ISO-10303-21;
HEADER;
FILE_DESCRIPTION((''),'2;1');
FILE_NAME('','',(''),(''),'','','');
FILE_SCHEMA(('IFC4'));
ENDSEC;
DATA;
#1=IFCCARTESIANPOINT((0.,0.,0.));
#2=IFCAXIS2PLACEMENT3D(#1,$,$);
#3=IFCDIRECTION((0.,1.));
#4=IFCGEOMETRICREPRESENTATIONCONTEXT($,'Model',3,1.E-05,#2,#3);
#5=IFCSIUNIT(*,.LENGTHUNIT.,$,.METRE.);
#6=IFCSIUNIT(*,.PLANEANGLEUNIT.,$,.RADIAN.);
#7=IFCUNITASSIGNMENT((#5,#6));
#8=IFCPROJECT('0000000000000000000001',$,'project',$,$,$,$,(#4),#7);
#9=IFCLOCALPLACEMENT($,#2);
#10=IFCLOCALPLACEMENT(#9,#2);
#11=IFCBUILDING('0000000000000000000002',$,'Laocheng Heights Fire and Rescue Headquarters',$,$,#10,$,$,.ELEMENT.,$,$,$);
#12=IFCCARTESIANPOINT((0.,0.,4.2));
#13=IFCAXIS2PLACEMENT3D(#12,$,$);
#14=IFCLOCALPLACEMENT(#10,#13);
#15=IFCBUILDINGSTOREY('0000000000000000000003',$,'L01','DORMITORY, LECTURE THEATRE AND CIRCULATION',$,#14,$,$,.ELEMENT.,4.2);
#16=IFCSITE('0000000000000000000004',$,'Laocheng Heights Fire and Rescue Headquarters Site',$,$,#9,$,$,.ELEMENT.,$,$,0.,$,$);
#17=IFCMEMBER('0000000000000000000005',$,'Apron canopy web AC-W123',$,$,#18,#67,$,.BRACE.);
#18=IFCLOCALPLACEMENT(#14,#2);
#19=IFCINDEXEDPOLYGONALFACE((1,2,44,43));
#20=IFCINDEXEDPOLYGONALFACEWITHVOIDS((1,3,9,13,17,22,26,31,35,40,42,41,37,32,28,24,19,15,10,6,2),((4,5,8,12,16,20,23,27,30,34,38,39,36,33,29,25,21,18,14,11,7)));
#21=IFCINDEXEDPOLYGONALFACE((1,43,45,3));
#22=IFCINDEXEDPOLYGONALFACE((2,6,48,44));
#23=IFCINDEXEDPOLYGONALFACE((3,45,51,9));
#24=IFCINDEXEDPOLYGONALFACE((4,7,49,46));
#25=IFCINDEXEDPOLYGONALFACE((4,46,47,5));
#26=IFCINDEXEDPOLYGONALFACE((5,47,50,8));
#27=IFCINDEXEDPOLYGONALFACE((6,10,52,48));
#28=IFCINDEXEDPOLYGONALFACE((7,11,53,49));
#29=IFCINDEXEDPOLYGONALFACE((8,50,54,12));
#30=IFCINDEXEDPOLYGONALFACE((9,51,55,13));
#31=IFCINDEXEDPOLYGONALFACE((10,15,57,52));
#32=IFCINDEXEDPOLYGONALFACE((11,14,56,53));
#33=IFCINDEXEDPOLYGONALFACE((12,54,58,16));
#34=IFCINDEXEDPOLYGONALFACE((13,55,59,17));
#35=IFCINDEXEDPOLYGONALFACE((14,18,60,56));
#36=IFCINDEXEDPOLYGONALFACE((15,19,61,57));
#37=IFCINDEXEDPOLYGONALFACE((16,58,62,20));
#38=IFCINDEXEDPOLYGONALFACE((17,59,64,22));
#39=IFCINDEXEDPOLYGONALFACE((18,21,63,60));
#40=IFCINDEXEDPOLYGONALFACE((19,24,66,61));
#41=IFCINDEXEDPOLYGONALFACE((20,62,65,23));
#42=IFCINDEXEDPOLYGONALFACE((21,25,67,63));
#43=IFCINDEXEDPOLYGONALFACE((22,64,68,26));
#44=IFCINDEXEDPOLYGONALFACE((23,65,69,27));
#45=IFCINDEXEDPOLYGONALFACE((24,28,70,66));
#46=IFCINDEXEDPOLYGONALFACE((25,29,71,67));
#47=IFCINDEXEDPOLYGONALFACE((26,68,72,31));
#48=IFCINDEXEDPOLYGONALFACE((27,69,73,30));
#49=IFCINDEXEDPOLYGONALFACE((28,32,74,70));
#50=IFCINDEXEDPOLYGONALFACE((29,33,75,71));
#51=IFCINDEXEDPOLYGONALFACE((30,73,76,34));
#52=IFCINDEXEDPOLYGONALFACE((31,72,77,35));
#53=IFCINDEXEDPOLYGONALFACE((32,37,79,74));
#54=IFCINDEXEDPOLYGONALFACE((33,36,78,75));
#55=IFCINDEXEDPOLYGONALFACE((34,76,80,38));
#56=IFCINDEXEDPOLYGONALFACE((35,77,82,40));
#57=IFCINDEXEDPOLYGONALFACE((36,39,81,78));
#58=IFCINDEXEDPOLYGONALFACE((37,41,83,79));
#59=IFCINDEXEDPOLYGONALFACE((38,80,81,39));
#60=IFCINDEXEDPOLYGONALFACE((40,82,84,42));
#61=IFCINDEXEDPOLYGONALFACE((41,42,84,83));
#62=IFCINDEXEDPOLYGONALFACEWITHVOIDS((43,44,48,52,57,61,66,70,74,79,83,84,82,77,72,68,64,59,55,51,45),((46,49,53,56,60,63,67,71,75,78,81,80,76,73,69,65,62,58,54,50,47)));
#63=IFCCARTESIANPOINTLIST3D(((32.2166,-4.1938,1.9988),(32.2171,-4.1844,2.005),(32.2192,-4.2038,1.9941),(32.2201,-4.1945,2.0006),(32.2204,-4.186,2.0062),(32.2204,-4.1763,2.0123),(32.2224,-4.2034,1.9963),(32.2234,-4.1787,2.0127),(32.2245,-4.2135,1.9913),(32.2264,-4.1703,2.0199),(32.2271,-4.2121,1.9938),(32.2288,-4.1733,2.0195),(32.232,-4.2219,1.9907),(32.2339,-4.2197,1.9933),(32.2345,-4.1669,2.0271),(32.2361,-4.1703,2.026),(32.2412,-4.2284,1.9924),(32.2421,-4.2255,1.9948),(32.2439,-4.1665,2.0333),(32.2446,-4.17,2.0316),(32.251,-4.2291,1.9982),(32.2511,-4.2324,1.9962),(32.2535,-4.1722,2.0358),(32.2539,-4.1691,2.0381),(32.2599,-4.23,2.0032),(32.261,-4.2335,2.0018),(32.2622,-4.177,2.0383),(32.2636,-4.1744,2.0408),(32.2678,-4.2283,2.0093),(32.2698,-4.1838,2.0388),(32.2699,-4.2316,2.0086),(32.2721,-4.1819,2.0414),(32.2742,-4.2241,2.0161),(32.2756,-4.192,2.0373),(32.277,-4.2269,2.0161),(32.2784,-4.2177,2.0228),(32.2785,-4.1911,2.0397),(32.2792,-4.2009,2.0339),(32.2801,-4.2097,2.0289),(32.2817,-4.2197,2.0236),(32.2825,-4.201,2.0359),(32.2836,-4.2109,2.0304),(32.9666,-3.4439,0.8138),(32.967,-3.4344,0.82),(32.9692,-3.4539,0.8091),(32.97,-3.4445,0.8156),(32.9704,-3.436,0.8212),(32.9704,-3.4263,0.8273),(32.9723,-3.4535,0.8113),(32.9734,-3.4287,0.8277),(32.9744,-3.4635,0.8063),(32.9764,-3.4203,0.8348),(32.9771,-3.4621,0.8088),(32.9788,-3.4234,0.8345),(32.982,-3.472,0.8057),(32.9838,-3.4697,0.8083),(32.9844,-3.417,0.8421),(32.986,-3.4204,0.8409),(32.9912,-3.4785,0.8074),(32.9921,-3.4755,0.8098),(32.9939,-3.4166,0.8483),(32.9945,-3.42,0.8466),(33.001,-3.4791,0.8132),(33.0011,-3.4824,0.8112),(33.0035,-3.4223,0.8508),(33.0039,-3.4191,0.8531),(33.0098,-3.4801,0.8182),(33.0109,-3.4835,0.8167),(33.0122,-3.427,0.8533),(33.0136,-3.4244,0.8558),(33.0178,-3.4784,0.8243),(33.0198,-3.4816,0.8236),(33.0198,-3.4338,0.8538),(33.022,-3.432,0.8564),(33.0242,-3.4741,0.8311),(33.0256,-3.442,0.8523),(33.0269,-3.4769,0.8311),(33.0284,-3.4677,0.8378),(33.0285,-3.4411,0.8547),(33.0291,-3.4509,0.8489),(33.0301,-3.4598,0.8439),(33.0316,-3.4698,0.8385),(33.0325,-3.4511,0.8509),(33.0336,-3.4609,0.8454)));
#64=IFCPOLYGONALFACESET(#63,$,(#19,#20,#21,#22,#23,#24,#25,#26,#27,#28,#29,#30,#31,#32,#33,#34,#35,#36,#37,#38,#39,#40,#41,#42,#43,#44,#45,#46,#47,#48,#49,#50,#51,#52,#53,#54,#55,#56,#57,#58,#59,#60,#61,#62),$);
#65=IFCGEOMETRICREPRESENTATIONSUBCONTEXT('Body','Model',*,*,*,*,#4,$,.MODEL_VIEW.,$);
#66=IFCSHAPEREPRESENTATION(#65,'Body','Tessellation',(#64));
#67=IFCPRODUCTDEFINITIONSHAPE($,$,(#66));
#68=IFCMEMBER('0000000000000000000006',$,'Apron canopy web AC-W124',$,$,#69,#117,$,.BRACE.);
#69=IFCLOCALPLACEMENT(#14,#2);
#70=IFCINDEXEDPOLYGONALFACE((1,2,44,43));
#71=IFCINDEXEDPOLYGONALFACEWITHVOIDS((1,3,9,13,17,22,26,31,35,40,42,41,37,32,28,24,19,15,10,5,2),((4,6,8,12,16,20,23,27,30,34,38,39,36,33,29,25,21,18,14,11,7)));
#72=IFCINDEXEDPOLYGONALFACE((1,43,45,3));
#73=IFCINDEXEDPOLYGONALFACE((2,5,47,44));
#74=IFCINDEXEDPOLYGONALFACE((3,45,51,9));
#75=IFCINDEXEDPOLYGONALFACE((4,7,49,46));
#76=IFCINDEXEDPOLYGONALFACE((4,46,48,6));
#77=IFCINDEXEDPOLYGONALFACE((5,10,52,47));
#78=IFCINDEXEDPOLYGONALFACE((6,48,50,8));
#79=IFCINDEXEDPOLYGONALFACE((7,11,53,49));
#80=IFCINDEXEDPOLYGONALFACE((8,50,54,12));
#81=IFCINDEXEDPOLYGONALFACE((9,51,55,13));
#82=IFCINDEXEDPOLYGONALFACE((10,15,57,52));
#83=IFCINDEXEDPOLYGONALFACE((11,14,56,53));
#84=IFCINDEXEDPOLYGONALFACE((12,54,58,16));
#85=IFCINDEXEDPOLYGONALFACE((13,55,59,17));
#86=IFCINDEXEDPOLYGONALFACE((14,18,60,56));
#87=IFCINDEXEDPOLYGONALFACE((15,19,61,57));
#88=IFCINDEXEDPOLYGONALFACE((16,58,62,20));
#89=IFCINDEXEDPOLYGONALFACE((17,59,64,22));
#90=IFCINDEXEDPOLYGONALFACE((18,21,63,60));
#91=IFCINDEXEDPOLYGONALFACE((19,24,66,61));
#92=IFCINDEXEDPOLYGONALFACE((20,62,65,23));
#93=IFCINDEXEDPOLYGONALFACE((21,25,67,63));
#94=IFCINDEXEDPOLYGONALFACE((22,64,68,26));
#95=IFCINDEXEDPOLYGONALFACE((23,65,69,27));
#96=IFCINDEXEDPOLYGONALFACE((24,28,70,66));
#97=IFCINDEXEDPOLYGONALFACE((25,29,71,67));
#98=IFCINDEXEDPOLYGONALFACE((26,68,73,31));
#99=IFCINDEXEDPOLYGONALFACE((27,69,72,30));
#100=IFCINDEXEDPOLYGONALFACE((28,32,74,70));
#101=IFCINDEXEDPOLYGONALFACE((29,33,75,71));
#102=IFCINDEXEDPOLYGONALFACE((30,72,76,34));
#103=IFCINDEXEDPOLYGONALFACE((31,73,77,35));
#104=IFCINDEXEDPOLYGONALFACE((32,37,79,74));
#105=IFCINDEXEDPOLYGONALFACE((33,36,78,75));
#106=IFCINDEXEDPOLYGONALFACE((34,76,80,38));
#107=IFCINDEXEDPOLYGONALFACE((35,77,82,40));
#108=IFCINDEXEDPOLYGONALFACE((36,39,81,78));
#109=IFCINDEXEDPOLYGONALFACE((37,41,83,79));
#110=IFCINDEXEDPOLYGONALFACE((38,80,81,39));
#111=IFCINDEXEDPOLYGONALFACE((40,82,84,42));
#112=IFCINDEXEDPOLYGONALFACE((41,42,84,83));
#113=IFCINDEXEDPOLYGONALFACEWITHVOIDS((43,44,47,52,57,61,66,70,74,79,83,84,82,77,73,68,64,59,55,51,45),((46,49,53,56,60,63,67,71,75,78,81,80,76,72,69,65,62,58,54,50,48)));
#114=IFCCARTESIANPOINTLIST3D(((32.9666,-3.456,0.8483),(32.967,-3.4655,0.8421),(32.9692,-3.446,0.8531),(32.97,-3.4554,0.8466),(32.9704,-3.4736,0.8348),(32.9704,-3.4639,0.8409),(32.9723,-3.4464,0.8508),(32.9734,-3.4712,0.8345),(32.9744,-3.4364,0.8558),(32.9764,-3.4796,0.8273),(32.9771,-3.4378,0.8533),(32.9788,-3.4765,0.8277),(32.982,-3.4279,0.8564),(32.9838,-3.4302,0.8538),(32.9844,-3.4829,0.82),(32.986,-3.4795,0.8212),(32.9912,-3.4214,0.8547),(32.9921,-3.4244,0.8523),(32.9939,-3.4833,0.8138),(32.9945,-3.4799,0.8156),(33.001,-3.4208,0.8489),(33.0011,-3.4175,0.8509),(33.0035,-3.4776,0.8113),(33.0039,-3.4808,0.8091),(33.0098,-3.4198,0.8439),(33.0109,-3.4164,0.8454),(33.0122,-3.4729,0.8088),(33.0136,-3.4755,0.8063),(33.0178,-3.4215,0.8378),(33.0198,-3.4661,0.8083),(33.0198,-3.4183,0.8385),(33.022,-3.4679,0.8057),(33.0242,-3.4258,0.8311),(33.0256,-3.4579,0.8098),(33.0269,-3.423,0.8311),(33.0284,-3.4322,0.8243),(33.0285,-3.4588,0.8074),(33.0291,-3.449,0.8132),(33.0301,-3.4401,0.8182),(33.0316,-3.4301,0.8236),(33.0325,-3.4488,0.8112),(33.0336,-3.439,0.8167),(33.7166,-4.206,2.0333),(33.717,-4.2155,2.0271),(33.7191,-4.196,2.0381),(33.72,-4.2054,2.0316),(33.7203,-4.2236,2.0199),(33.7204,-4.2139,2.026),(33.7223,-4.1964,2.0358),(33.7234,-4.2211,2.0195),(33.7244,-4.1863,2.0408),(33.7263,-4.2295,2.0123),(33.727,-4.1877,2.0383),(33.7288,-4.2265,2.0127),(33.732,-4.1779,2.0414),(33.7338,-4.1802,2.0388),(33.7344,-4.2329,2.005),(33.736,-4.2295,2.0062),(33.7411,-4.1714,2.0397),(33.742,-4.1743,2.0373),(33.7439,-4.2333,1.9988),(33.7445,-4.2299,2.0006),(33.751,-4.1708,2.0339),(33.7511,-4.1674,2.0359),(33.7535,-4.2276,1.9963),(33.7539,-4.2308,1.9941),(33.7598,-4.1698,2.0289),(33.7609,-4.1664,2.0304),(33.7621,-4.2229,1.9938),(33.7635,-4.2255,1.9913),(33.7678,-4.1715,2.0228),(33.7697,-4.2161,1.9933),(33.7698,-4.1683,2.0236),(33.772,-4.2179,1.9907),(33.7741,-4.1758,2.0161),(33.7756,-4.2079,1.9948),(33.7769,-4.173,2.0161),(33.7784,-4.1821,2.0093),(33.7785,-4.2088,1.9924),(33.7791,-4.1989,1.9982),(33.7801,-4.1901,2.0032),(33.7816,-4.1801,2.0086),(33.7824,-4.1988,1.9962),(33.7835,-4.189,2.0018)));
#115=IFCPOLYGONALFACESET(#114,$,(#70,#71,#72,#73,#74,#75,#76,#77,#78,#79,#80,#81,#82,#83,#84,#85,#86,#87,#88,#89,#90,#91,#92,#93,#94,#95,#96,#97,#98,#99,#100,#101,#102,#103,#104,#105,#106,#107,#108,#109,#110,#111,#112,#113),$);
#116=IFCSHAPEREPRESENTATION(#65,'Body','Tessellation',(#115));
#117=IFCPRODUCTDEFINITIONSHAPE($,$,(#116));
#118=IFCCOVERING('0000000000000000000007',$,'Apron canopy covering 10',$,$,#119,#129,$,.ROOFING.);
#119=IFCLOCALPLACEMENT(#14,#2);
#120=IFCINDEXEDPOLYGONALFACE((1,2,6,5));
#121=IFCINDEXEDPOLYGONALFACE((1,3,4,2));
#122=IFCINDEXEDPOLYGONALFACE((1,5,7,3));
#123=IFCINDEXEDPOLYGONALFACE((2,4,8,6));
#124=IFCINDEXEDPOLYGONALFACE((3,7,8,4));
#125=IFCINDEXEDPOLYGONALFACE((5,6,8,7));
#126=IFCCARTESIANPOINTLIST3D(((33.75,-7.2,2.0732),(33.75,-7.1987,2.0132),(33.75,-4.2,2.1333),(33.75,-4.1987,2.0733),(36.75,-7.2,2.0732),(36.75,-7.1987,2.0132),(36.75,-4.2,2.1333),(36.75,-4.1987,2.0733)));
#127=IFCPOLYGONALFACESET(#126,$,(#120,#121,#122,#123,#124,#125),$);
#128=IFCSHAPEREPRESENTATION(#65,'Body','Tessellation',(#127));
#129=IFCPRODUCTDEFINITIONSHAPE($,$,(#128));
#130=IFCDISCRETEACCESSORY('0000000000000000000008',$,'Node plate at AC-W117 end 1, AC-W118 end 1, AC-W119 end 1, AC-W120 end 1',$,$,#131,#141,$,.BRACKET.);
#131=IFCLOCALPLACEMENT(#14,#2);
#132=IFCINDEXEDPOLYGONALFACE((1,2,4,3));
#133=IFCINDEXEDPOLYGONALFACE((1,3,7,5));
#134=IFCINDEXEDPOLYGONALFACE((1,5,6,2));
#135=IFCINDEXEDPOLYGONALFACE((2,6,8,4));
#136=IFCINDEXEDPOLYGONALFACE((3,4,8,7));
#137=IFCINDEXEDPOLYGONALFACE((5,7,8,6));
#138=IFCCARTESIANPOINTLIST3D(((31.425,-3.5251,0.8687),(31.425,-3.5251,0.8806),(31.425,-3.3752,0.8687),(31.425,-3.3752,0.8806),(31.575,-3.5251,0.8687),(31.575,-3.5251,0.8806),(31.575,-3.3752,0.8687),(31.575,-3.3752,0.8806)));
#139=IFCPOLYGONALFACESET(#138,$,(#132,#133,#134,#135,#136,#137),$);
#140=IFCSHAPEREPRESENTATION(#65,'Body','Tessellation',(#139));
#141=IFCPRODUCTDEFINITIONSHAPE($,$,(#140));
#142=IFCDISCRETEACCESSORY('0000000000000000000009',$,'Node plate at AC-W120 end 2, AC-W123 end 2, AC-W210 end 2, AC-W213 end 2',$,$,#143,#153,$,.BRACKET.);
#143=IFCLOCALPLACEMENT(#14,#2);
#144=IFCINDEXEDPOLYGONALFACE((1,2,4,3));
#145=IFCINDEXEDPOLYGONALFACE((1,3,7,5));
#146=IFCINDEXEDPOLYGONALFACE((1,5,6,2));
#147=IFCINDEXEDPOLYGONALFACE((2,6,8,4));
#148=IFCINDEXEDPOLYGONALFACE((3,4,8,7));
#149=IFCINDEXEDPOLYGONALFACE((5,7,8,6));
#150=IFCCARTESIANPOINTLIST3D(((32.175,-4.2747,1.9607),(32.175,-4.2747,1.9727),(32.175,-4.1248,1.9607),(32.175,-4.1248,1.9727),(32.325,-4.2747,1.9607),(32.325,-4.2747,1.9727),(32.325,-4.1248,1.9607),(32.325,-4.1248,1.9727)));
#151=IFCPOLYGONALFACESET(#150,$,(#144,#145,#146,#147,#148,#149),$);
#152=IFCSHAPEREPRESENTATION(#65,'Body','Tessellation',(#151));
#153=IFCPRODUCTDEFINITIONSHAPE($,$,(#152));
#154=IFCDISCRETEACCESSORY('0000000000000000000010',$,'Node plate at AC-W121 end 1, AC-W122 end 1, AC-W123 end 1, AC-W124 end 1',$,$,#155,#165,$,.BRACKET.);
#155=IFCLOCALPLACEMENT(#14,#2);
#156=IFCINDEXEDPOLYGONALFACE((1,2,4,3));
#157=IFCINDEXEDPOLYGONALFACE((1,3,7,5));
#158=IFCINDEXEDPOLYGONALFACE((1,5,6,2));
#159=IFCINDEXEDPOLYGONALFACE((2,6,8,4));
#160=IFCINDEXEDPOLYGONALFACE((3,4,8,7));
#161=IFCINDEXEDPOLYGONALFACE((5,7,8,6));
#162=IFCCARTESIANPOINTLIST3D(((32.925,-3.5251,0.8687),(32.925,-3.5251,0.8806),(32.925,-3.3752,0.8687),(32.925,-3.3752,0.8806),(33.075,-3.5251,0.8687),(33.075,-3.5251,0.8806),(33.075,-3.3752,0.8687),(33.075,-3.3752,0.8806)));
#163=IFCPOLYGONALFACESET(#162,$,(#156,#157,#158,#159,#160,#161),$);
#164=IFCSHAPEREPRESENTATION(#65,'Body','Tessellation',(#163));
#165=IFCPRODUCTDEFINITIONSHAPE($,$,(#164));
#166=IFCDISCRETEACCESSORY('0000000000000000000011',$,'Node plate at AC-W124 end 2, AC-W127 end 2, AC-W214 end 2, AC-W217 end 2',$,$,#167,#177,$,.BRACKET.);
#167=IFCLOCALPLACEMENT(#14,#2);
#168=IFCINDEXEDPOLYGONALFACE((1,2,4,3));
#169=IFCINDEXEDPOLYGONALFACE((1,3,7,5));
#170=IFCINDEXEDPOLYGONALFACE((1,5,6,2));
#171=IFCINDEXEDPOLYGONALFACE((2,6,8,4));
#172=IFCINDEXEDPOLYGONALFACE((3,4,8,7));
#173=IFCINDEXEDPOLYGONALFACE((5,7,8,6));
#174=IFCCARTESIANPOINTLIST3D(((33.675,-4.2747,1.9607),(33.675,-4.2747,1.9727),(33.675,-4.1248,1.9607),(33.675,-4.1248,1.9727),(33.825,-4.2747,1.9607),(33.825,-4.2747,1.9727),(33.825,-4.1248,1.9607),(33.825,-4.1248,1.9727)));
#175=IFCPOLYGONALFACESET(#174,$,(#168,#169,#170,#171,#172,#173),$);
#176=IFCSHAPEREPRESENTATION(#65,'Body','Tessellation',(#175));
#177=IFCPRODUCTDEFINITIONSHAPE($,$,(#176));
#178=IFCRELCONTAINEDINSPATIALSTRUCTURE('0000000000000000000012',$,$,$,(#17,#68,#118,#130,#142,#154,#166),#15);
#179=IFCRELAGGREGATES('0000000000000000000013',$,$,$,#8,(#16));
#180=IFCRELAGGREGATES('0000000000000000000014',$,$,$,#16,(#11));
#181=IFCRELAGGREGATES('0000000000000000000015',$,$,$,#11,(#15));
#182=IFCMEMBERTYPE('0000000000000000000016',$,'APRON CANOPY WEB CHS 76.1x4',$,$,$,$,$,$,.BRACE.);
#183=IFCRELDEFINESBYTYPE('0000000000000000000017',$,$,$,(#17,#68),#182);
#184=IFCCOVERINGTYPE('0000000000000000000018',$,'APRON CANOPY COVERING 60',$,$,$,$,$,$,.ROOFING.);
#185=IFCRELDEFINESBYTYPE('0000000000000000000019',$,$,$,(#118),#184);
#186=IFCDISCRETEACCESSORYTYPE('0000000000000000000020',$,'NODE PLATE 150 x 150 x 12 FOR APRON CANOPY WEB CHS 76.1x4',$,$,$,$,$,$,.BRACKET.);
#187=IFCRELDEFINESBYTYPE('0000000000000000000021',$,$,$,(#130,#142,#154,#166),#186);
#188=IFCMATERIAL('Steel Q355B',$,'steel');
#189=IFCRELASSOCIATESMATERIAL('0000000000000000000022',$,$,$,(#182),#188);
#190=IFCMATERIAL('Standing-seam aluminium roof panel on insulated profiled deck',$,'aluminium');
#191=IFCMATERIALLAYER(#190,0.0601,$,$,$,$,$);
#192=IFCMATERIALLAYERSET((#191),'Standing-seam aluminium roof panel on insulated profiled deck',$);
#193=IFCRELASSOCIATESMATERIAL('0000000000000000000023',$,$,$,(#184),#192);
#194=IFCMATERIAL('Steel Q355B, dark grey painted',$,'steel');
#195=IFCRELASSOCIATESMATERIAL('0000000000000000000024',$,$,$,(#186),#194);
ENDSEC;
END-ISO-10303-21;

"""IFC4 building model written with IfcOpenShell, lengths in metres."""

from ifc_helpers import new_model, si_unit, direction, frame, origin, origin_2d, place, context, subcontext, project, spatial, polyline, rectangle, hollow_circle, outline, extrude, material, layer, layer_set, material_profile, profile_set, type_object, element, save


model = new_model("IFC4")

# Units and contexts
model_context = context("Model", 3, precision=1e-05, world=origin(), true_north=direction((0.0, 1.0)))
body_context = subcontext(model_context, "Body", "Model", "MODEL_VIEW")
ifc_project = project(units=[si_unit("LENGTHUNIT", "METRE"), si_unit("PLANEANGLEUNIT", "RADIAN")], contexts=[model_context])

# Site, building, storey
site_placement = place(None, origin())
site = spatial("IfcSite", under=ifc_project, at=site_placement, Name="Laocheng Heights Fire and Rescue Headquarters Site", CompositionType="ELEMENT", RefElevation=0.0)
building_placement = place(site_placement, origin())
building = spatial("IfcBuilding", under=site, at=building_placement, Name="Laocheng Heights Fire and Rescue Headquarters", CompositionType="ELEMENT")
storey_placement = place(building_placement, frame((0.0, 0.0, 4.2)))
storey = spatial("IfcBuildingStorey", under=building, at=storey_placement, Name="L01", Description="DORMITORY, LECTURE THEATRE AND CIRCULATION", CompositionType="ELEMENT", Elevation=4.2)

# Members
ifc_material_1 = material(Name="Steel Q355B", Category="steel")
ifc_material_profile_1 = material_profile(ifc_material_1, hollow_circle(Radius=0.0381, WallThickness=0.0039, at=origin_2d()), Name="CHS 76.1x4")
ifc_profile_set_1 = profile_set([ifc_material_profile_1], Name="Steel Q355B")
member_type_1 = type_object("IfcMemberType", Name="APRON CANOPY WEB CHS 76.1x4", PredefinedType="BRACE", material=ifc_profile_set_1)
for number, where, z_axis, x_axis, name in (
    (1, (33.0, -3.45, 0.8311), (-0.47158, -0.47158, 0.745134), (0.707107, -0.707107, 0.0), "Apron canopy web AC-W123"),
    (2, (33.0, -3.45, 0.8311), (0.47158, -0.47158, 0.745134), (0.707107, 0.707107, 0.0), "Apron canopy web AC-W124"),
):
    element("IfcMember", number, at=place(storey_placement, frame(where, z_axis=z_axis, x_axis=x_axis)), inside=storey, type_object=member_type_1, Name=name, PredefinedType="BRACE", context=body_context, shape_type="SweptSolid", body=[
        extrude(hollow_circle(Radius=0.0381, WallThickness=0.0039, at=origin_2d()), origin(), (0.0, 0.0, 1.0), 1.5903),
    ])

# Covering
ifc_material_2 = material(Name="Standing-seam aluminium roof panel on insulated profiled deck", Category="aluminium")
ifc_layer = layer(ifc_material_2, 0.0601)
ifc_layer_set = layer_set([ifc_layer], Name="Standing-seam aluminium roof panel on insulated profiled deck")
covering_type = type_object("IfcCoveringType", Name="APRON CANOPY COVERING 60", PredefinedType="ROOFING", material=ifc_layer_set)
covering_placement = place(storey_placement, frame((33.75, -4.2, 2.1333), z_axis=(0.0, -0.020016, 0.9998), x_axis=(1.0, 0.0, 0.0)))
element("IfcCovering", 3, at=covering_placement, inside=storey, type_object=covering_type, Name="Apron canopy covering 10", PredefinedType="ROOFING", context=body_context, shape_type="SweptSolid", body=[
    extrude(outline(polyline([(0.0, 0.0), (3.0, 0.0), (3.0, -3.0006), (0.0, -3.0006), (0.0, 0.0)])), origin(), (0.0, 0.0, -1.0), 0.0601),
])

# Discrete accessories
ifc_material_3 = material(Name="Steel Q355B, dark grey painted", Category="steel")
ifc_material_profile_2 = material_profile(ifc_material_3, rectangle(XDim=0.1499, YDim=0.1499, at=origin_2d()), Name="NODE PLATE 150 x 150 x 12 FOR APRON CANOPY WEB CHS 76.1x4")
ifc_profile_set_2 = profile_set([ifc_material_profile_2], Name="Steel Q355B, dark grey painted")
discrete_accessory_type = type_object("IfcDiscreteAccessoryType", Name="NODE PLATE 150 x 150 x 12 FOR APRON CANOPY WEB CHS 76.1x4", PredefinedType="BRACKET", material=ifc_profile_set_2)
for number, where, z_axis, x_axis, name in (
    (4, (31.5, -3.4502, 0.8687), (0.0, 0.0, 1.0), (1.0, 0.0, 0.0), "Node plate at AC-W117 end 1, AC-W118 end 1, AC-W119 end 1, AC-W120 end 1"),
    (5, (32.25, -4.1997, 1.9727), (0.0, 0.0, -1.0), (1.0, 0.0, 0.0), "Node plate at AC-W120 end 2, AC-W123 end 2, AC-W210 end 2, AC-W213 end 2"),
    (6, (33.0, -3.4502, 0.8687), (0.0, 0.0, 1.0), (1.0, 0.0, 0.0), "Node plate at AC-W121 end 1, AC-W122 end 1, AC-W123 end 1, AC-W124 end 1"),
    (7, (33.75, -4.1997, 1.9727), (0.0, 0.0, -1.0), (1.0, 0.0, 0.0), "Node plate at AC-W124 end 2, AC-W127 end 2, AC-W214 end 2, AC-W217 end 2"),
):
    element("IfcDiscreteAccessory", number, at=place(storey_placement, frame(where, z_axis=z_axis, x_axis=x_axis)), inside=storey, type_object=discrete_accessory_type, Name=name, PredefinedType="BRACKET", context=body_context, shape_type="SweptSolid", body=[
        extrude(rectangle(XDim=0.1499, YDim=0.1499, at=origin_2d()), origin(), (0.0, 0.0, 1.0), 0.012),
    ])

save(model, "model.ifc")
